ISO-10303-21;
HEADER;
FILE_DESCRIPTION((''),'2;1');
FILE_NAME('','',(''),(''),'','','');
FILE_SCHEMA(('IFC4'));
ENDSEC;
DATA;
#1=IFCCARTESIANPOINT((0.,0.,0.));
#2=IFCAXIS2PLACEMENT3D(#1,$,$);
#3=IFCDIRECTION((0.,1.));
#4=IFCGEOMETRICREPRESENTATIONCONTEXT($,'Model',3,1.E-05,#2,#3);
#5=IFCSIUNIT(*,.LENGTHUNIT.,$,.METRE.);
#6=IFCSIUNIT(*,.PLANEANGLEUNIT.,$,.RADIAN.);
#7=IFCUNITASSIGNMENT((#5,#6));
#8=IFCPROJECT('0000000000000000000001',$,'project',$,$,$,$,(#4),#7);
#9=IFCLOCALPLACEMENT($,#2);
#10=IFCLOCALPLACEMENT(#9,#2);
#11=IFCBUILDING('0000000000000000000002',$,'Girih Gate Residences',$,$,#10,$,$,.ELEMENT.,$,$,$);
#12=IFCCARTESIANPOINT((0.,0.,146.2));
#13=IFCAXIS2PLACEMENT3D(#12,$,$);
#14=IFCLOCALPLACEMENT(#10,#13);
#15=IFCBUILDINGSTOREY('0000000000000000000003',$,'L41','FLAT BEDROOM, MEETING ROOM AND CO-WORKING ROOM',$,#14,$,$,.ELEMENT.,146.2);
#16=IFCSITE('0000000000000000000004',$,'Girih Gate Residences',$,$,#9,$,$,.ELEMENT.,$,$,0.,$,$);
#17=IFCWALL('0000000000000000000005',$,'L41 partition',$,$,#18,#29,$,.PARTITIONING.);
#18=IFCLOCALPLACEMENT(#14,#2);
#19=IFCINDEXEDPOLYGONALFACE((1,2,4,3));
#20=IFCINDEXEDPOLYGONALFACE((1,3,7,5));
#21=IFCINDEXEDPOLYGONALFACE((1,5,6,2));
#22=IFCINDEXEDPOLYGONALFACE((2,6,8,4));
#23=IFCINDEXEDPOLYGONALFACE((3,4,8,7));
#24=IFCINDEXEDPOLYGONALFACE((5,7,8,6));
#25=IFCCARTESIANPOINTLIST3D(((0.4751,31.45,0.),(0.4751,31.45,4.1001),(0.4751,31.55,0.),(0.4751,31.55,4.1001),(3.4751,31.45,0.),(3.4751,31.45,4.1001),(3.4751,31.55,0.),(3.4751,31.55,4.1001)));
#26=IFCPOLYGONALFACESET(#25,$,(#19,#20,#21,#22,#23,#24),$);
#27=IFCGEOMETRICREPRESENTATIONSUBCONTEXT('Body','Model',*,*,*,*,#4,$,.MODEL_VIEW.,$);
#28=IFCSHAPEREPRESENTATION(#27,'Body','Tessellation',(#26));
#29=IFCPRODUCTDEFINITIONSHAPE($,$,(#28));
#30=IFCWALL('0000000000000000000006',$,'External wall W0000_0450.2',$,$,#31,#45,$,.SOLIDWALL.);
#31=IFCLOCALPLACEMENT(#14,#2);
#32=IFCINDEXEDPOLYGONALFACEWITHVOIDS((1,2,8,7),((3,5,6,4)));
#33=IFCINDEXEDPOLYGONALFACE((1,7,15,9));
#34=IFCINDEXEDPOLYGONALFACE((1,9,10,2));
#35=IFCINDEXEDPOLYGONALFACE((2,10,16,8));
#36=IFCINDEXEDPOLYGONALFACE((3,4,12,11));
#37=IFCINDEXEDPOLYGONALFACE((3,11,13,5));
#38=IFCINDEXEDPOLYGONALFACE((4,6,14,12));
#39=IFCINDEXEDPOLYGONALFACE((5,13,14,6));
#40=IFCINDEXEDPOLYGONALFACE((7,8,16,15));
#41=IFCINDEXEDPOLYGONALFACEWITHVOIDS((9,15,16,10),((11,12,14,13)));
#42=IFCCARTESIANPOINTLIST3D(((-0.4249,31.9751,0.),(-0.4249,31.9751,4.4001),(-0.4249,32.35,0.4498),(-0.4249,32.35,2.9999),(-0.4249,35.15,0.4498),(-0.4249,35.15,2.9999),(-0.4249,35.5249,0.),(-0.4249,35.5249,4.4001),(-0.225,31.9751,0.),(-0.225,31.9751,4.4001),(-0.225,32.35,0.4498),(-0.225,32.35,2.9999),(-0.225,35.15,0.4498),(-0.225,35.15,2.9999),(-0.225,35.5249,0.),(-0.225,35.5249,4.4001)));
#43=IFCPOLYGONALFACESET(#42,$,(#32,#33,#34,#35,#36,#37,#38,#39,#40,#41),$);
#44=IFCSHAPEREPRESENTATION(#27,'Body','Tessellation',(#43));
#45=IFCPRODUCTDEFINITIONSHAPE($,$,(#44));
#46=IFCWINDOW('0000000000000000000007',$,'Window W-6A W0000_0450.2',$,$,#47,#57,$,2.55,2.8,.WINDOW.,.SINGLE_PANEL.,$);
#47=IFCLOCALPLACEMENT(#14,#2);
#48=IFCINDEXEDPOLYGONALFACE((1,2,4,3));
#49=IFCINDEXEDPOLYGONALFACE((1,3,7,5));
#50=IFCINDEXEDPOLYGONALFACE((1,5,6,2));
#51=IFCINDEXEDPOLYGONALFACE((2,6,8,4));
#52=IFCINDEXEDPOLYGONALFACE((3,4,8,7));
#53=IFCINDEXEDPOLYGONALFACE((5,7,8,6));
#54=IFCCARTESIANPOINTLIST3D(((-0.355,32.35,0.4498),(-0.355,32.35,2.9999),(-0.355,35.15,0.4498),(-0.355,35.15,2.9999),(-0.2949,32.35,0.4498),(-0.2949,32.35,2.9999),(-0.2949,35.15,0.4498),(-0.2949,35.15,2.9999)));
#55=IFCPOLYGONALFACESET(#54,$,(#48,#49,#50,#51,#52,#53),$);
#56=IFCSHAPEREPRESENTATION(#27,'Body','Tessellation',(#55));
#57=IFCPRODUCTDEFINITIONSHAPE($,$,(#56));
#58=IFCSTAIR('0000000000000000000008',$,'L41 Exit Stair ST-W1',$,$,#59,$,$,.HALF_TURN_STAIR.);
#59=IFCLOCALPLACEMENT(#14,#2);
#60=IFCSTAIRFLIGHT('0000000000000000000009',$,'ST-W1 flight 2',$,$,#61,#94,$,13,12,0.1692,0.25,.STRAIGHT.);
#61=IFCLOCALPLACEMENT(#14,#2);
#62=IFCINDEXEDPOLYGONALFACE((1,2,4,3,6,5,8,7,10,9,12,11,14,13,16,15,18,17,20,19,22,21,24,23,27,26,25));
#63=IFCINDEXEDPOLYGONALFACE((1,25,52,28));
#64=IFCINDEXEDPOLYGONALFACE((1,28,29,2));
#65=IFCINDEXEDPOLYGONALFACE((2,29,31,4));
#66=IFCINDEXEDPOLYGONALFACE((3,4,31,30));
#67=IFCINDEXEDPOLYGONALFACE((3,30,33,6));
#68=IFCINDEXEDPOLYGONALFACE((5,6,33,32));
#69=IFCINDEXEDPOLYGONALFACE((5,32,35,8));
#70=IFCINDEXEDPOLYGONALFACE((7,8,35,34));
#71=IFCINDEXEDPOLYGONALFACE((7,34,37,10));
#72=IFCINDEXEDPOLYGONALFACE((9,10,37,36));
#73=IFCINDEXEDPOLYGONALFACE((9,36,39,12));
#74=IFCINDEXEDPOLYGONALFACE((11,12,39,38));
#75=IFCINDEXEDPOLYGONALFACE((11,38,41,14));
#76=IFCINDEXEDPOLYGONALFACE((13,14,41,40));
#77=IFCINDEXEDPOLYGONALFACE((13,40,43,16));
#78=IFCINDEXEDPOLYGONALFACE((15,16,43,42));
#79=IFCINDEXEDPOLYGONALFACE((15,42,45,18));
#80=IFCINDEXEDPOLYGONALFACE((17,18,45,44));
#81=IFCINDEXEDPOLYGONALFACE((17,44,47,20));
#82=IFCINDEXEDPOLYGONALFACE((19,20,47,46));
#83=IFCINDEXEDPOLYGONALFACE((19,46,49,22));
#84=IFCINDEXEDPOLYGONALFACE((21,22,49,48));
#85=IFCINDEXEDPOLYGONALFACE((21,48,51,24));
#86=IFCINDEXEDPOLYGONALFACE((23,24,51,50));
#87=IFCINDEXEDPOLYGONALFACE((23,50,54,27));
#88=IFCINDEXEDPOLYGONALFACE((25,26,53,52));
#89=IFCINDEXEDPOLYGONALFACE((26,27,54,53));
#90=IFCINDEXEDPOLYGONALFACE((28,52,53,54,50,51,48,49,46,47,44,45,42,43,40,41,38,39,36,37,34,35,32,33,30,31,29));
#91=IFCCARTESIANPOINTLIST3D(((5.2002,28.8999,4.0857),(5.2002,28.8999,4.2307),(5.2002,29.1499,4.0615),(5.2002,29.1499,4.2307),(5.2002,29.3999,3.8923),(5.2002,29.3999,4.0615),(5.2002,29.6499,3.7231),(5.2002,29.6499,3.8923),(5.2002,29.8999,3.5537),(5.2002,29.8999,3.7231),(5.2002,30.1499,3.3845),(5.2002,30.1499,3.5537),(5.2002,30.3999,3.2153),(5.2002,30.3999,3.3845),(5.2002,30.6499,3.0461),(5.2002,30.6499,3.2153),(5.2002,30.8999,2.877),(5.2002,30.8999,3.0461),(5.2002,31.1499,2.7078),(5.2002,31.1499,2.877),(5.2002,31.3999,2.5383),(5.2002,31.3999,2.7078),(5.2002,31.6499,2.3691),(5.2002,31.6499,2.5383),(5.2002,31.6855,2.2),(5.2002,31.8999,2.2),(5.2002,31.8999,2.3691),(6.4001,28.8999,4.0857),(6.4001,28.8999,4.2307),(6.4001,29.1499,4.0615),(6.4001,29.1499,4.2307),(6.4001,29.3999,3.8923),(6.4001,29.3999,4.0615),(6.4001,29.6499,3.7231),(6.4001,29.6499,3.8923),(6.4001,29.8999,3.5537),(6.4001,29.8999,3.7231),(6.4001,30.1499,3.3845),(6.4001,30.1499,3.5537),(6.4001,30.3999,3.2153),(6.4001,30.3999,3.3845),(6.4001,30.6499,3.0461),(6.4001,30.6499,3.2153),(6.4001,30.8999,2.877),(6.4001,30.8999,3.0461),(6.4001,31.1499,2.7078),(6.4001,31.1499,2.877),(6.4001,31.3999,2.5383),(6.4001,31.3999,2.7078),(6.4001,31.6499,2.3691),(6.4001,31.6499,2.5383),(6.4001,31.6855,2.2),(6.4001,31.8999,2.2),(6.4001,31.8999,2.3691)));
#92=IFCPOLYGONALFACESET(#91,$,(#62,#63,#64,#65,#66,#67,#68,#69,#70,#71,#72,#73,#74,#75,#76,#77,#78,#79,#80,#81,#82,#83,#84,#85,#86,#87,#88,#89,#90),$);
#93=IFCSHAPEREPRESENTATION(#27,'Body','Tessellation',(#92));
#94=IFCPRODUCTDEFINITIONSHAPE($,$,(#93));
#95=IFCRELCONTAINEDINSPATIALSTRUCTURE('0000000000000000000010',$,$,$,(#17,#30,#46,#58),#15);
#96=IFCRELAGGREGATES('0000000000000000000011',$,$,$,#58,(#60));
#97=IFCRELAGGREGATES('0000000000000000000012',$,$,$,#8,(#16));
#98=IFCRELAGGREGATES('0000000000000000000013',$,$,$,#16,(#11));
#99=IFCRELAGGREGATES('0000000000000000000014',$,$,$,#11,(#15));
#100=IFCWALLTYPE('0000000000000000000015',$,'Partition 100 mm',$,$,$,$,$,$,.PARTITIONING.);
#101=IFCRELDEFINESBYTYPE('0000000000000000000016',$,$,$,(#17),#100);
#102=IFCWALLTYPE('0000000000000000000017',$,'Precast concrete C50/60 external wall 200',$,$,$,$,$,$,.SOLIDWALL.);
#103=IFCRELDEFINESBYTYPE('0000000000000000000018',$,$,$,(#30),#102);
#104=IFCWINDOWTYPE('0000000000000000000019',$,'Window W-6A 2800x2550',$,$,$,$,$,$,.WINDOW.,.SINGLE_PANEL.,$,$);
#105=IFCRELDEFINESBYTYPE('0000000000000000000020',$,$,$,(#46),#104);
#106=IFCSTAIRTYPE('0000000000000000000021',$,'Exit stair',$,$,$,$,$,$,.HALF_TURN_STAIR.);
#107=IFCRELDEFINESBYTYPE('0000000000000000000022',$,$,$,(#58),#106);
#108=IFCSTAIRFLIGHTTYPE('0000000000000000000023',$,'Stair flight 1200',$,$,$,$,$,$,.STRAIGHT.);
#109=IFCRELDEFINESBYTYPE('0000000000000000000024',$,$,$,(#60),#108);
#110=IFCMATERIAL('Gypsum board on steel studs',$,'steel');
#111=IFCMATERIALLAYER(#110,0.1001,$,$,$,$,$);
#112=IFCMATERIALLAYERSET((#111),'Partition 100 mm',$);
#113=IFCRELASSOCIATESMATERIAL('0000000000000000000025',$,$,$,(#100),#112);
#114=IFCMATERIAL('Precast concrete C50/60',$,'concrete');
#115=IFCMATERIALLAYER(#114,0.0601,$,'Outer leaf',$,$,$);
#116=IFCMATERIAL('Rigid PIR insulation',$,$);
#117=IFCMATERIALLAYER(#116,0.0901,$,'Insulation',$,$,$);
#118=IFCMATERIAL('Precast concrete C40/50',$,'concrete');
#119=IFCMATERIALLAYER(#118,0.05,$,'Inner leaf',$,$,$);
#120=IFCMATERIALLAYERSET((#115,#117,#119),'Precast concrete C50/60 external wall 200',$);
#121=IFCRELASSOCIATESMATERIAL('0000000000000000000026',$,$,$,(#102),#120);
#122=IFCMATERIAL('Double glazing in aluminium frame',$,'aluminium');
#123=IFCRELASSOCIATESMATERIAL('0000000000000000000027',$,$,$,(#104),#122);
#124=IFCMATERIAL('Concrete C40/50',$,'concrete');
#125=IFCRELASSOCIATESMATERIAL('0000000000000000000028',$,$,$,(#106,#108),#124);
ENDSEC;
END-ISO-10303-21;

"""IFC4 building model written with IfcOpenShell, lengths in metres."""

from ifc_helpers import new_model, si_unit, direction, frame, frame_2d, origin, place, context, subcontext, project, spatial, polyline, rectangle, outline, extrude, material, layer, layer_set, type_object, element, fill, aggregate, save


model = new_model("IFC4")

# Units and contexts
model_context = context("Model", 3, precision=1e-05, world=origin(), true_north=direction((0.0, 1.0)))
body_context = subcontext(model_context, "Body", "Model", "MODEL_VIEW")
ifc_project = project(units=[si_unit("LENGTHUNIT", "METRE"), si_unit("PLANEANGLEUNIT", "RADIAN")], contexts=[model_context])

# Site, building, storey
site_placement = place(None, origin())
site = spatial("IfcSite", under=ifc_project, at=site_placement, Name="Girih Gate Residences", CompositionType="ELEMENT", RefElevation=0.0)
building_placement = place(site_placement, origin())
building = spatial("IfcBuilding", under=site, at=building_placement, Name="Girih Gate Residences", CompositionType="ELEMENT")
storey_placement = place(building_placement, frame((0.0, 0.0, 146.2)))
storey = spatial("IfcBuildingStorey", under=building, at=storey_placement, Name="L41", Description="FLAT BEDROOM, MEETING ROOM AND CO-WORKING ROOM", CompositionType="ELEMENT", Elevation=146.2)

# Shared definitions
ifc_material_1 = material(Name="Gypsum board on steel studs", Category="steel")
ifc_material_2 = material(Name="Concrete C40/50", Category="concrete")

# Wall
ifc_layer_1 = layer(ifc_material_1, 0.1001)
ifc_layer_set_1 = layer_set([ifc_layer_1], Name="Partition 100 mm")
wall_type_1 = type_object("IfcWallType", Name="Partition 100 mm", PredefinedType="PARTITIONING", material=ifc_layer_set_1)
wall_1_placement = place(storey_placement, frame((0.4751, 31.5, 0.0), z_axis=(0.0, 0.0, 1.0), x_axis=(1.0, 0.0, 0.0)))
element("IfcWall", 1, at=wall_1_placement, inside=storey, type_object=wall_type_1, Name="L41 partition", PredefinedType="PARTITIONING", context=body_context, shape_type="SweptSolid", body=[
    extrude(rectangle(XDim=3.0, YDim=0.1001, at=frame_2d((1.5, 0.0))), origin(), (0.0, 0.0, 1.0), 4.1001),
])

# Wall, opening, window
ifc_material_3 = material(Name="Precast concrete C50/60", Category="concrete")
ifc_layer_2 = layer(ifc_material_3, 0.0601, Name="Outer leaf")
ifc_material_4 = material(Name="Rigid PIR insulation")
ifc_layer_3 = layer(ifc_material_4, 0.0901, Name="Insulation")
ifc_material_5 = material(Name="Precast concrete C40/50", Category="concrete")
ifc_layer_4 = layer(ifc_material_5, 0.05, Name="Inner leaf")
ifc_layer_set_2 = layer_set([ifc_layer_2, ifc_layer_3, ifc_layer_4], Name="Precast concrete C50/60 external wall 200")
wall_type_2 = type_object("IfcWallType", Name="Precast concrete C50/60 external wall 200", PredefinedType="SOLIDWALL", material=ifc_layer_set_2)
wall_2_placement = place(storey_placement, frame((-0.325, 31.9751, 0.0), z_axis=(0.0, 0.0, 1.0), x_axis=(0.0, 1.0, 0.0)))
wall_2 = element("IfcWall", 2, at=wall_2_placement, inside=storey, type_object=wall_type_2, Name="External wall W0000_0450.2", PredefinedType="SOLIDWALL", context=body_context, shape_type="SweptSolid", body=[
    extrude(rectangle(XDim=3.5498, YDim=0.2, at=frame_2d((1.7749, 0.0))), origin(), (0.0, 0.0, 1.0), 4.4001),
])
opening_1_placement = place(wall_2_placement, frame((0.375, 0.0, 0.45)))
opening_1 = element("IfcOpeningElement", 3, at=opening_1_placement, cuts=wall_2, PredefinedType="OPENING", context=body_context, shape_type="SweptSolid", body=[
    extrude(rectangle(XDim=2.8, YDim=2.55, at=frame_2d((1.3999, 1.2749))), frame((0.0, 0.1099, 0.0), z_axis=(0.0, -1.0, 0.0), x_axis=(1.0, 0.0, 0.0)), (0.0, 0.0, 1.0), 0.22),
])
ifc_material_6 = material(Name="Double glazing in aluminium frame", Category="aluminium")
window_type = type_object("IfcWindowType", Name="Window W-6A 2800x2550", PartitioningType="SINGLE_PANEL", PredefinedType="WINDOW", material=ifc_material_6)
window_placement = place(opening_1_placement, origin())
window = element("IfcWindow", 4, at=window_placement, inside=storey, type_object=window_type, Name="Window W-6A W0000_0450.2", OverallHeight=2.55, OverallWidth=2.8, PartitioningType="SINGLE_PANEL", PredefinedType="WINDOW", context=body_context, shape_type="SweptSolid", body=[
    extrude(rectangle(XDim=2.8, YDim=2.55, at=frame_2d((1.3999, 1.2749))), frame((0.0, 0.03, 0.0), z_axis=(0.0, -1.0, 0.0), x_axis=(1.0, 0.0, 0.0)), (0.0, 0.0, 1.0), 0.0601),
])
fill(opening_1, window)

# Stair, stair flight
stair_type = type_object("IfcStairType", Name="Exit stair", PredefinedType="HALF_TURN_STAIR", material=ifc_material_2)
stair_placement = place(storey_placement, origin())
stair = element("IfcStair", 5, at=stair_placement, inside=storey, type_object=stair_type, Name="L41 Exit Stair ST-W1", PredefinedType="HALF_TURN_STAIR")
stair_flight_type = type_object("IfcStairFlightType", Name="Stair flight 1200", PredefinedType="STRAIGHT", material=ifc_material_2)
stair_flight_placement = place(storey_placement, frame((5.8, 31.8999, 2.2), z_axis=(0.0, 0.0, 1.0), x_axis=(0.0, -1.0, 0.0)))
stair_flight = element("IfcStairFlight", 6, at=stair_flight_placement, type_object=stair_flight_type, Name="ST-W1 flight 2", NumberOfRisers=13, NumberOfTreads=12, PredefinedType="STRAIGHT", RiserHeight=0.1692, TreadLength=0.25, context=body_context, shape_type="SweptSolid", body=[
    extrude(outline(polyline([(0.0, 0.0), (0.0, 0.1692), (0.25, 0.1692), (0.25, 0.3384), (0.5, 0.3384), (0.5, 0.5078), (0.75, 0.5078), (0.75, 0.677), (1.0, 0.677), (1.0, 0.8462), (1.25, 0.8462), (1.25, 1.0154), (1.5, 1.0154), (1.5, 1.1846), (1.75, 1.1846), (1.75, 1.3538), (2.0, 1.3538), (2.0, 1.5232), (2.25, 1.5232), (2.25, 1.6924), (2.5, 1.6924), (2.5, 1.8616), (2.75, 1.8616), (2.75, 2.0308), (3.0, 2.0308), (3.0, 2.2), (3.0, 1.8857), (0.2144, 0.0), (0.0, 0.0)])), frame((0.0, 0.6001, 0.0), z_axis=(0.0, -1.0, 0.0), x_axis=(1.0, 0.0, 0.0)), (0.0, 0.0, 1.0), 1.2),
])
aggregate(stair, [stair_flight])

save(model, "model.ifc")
